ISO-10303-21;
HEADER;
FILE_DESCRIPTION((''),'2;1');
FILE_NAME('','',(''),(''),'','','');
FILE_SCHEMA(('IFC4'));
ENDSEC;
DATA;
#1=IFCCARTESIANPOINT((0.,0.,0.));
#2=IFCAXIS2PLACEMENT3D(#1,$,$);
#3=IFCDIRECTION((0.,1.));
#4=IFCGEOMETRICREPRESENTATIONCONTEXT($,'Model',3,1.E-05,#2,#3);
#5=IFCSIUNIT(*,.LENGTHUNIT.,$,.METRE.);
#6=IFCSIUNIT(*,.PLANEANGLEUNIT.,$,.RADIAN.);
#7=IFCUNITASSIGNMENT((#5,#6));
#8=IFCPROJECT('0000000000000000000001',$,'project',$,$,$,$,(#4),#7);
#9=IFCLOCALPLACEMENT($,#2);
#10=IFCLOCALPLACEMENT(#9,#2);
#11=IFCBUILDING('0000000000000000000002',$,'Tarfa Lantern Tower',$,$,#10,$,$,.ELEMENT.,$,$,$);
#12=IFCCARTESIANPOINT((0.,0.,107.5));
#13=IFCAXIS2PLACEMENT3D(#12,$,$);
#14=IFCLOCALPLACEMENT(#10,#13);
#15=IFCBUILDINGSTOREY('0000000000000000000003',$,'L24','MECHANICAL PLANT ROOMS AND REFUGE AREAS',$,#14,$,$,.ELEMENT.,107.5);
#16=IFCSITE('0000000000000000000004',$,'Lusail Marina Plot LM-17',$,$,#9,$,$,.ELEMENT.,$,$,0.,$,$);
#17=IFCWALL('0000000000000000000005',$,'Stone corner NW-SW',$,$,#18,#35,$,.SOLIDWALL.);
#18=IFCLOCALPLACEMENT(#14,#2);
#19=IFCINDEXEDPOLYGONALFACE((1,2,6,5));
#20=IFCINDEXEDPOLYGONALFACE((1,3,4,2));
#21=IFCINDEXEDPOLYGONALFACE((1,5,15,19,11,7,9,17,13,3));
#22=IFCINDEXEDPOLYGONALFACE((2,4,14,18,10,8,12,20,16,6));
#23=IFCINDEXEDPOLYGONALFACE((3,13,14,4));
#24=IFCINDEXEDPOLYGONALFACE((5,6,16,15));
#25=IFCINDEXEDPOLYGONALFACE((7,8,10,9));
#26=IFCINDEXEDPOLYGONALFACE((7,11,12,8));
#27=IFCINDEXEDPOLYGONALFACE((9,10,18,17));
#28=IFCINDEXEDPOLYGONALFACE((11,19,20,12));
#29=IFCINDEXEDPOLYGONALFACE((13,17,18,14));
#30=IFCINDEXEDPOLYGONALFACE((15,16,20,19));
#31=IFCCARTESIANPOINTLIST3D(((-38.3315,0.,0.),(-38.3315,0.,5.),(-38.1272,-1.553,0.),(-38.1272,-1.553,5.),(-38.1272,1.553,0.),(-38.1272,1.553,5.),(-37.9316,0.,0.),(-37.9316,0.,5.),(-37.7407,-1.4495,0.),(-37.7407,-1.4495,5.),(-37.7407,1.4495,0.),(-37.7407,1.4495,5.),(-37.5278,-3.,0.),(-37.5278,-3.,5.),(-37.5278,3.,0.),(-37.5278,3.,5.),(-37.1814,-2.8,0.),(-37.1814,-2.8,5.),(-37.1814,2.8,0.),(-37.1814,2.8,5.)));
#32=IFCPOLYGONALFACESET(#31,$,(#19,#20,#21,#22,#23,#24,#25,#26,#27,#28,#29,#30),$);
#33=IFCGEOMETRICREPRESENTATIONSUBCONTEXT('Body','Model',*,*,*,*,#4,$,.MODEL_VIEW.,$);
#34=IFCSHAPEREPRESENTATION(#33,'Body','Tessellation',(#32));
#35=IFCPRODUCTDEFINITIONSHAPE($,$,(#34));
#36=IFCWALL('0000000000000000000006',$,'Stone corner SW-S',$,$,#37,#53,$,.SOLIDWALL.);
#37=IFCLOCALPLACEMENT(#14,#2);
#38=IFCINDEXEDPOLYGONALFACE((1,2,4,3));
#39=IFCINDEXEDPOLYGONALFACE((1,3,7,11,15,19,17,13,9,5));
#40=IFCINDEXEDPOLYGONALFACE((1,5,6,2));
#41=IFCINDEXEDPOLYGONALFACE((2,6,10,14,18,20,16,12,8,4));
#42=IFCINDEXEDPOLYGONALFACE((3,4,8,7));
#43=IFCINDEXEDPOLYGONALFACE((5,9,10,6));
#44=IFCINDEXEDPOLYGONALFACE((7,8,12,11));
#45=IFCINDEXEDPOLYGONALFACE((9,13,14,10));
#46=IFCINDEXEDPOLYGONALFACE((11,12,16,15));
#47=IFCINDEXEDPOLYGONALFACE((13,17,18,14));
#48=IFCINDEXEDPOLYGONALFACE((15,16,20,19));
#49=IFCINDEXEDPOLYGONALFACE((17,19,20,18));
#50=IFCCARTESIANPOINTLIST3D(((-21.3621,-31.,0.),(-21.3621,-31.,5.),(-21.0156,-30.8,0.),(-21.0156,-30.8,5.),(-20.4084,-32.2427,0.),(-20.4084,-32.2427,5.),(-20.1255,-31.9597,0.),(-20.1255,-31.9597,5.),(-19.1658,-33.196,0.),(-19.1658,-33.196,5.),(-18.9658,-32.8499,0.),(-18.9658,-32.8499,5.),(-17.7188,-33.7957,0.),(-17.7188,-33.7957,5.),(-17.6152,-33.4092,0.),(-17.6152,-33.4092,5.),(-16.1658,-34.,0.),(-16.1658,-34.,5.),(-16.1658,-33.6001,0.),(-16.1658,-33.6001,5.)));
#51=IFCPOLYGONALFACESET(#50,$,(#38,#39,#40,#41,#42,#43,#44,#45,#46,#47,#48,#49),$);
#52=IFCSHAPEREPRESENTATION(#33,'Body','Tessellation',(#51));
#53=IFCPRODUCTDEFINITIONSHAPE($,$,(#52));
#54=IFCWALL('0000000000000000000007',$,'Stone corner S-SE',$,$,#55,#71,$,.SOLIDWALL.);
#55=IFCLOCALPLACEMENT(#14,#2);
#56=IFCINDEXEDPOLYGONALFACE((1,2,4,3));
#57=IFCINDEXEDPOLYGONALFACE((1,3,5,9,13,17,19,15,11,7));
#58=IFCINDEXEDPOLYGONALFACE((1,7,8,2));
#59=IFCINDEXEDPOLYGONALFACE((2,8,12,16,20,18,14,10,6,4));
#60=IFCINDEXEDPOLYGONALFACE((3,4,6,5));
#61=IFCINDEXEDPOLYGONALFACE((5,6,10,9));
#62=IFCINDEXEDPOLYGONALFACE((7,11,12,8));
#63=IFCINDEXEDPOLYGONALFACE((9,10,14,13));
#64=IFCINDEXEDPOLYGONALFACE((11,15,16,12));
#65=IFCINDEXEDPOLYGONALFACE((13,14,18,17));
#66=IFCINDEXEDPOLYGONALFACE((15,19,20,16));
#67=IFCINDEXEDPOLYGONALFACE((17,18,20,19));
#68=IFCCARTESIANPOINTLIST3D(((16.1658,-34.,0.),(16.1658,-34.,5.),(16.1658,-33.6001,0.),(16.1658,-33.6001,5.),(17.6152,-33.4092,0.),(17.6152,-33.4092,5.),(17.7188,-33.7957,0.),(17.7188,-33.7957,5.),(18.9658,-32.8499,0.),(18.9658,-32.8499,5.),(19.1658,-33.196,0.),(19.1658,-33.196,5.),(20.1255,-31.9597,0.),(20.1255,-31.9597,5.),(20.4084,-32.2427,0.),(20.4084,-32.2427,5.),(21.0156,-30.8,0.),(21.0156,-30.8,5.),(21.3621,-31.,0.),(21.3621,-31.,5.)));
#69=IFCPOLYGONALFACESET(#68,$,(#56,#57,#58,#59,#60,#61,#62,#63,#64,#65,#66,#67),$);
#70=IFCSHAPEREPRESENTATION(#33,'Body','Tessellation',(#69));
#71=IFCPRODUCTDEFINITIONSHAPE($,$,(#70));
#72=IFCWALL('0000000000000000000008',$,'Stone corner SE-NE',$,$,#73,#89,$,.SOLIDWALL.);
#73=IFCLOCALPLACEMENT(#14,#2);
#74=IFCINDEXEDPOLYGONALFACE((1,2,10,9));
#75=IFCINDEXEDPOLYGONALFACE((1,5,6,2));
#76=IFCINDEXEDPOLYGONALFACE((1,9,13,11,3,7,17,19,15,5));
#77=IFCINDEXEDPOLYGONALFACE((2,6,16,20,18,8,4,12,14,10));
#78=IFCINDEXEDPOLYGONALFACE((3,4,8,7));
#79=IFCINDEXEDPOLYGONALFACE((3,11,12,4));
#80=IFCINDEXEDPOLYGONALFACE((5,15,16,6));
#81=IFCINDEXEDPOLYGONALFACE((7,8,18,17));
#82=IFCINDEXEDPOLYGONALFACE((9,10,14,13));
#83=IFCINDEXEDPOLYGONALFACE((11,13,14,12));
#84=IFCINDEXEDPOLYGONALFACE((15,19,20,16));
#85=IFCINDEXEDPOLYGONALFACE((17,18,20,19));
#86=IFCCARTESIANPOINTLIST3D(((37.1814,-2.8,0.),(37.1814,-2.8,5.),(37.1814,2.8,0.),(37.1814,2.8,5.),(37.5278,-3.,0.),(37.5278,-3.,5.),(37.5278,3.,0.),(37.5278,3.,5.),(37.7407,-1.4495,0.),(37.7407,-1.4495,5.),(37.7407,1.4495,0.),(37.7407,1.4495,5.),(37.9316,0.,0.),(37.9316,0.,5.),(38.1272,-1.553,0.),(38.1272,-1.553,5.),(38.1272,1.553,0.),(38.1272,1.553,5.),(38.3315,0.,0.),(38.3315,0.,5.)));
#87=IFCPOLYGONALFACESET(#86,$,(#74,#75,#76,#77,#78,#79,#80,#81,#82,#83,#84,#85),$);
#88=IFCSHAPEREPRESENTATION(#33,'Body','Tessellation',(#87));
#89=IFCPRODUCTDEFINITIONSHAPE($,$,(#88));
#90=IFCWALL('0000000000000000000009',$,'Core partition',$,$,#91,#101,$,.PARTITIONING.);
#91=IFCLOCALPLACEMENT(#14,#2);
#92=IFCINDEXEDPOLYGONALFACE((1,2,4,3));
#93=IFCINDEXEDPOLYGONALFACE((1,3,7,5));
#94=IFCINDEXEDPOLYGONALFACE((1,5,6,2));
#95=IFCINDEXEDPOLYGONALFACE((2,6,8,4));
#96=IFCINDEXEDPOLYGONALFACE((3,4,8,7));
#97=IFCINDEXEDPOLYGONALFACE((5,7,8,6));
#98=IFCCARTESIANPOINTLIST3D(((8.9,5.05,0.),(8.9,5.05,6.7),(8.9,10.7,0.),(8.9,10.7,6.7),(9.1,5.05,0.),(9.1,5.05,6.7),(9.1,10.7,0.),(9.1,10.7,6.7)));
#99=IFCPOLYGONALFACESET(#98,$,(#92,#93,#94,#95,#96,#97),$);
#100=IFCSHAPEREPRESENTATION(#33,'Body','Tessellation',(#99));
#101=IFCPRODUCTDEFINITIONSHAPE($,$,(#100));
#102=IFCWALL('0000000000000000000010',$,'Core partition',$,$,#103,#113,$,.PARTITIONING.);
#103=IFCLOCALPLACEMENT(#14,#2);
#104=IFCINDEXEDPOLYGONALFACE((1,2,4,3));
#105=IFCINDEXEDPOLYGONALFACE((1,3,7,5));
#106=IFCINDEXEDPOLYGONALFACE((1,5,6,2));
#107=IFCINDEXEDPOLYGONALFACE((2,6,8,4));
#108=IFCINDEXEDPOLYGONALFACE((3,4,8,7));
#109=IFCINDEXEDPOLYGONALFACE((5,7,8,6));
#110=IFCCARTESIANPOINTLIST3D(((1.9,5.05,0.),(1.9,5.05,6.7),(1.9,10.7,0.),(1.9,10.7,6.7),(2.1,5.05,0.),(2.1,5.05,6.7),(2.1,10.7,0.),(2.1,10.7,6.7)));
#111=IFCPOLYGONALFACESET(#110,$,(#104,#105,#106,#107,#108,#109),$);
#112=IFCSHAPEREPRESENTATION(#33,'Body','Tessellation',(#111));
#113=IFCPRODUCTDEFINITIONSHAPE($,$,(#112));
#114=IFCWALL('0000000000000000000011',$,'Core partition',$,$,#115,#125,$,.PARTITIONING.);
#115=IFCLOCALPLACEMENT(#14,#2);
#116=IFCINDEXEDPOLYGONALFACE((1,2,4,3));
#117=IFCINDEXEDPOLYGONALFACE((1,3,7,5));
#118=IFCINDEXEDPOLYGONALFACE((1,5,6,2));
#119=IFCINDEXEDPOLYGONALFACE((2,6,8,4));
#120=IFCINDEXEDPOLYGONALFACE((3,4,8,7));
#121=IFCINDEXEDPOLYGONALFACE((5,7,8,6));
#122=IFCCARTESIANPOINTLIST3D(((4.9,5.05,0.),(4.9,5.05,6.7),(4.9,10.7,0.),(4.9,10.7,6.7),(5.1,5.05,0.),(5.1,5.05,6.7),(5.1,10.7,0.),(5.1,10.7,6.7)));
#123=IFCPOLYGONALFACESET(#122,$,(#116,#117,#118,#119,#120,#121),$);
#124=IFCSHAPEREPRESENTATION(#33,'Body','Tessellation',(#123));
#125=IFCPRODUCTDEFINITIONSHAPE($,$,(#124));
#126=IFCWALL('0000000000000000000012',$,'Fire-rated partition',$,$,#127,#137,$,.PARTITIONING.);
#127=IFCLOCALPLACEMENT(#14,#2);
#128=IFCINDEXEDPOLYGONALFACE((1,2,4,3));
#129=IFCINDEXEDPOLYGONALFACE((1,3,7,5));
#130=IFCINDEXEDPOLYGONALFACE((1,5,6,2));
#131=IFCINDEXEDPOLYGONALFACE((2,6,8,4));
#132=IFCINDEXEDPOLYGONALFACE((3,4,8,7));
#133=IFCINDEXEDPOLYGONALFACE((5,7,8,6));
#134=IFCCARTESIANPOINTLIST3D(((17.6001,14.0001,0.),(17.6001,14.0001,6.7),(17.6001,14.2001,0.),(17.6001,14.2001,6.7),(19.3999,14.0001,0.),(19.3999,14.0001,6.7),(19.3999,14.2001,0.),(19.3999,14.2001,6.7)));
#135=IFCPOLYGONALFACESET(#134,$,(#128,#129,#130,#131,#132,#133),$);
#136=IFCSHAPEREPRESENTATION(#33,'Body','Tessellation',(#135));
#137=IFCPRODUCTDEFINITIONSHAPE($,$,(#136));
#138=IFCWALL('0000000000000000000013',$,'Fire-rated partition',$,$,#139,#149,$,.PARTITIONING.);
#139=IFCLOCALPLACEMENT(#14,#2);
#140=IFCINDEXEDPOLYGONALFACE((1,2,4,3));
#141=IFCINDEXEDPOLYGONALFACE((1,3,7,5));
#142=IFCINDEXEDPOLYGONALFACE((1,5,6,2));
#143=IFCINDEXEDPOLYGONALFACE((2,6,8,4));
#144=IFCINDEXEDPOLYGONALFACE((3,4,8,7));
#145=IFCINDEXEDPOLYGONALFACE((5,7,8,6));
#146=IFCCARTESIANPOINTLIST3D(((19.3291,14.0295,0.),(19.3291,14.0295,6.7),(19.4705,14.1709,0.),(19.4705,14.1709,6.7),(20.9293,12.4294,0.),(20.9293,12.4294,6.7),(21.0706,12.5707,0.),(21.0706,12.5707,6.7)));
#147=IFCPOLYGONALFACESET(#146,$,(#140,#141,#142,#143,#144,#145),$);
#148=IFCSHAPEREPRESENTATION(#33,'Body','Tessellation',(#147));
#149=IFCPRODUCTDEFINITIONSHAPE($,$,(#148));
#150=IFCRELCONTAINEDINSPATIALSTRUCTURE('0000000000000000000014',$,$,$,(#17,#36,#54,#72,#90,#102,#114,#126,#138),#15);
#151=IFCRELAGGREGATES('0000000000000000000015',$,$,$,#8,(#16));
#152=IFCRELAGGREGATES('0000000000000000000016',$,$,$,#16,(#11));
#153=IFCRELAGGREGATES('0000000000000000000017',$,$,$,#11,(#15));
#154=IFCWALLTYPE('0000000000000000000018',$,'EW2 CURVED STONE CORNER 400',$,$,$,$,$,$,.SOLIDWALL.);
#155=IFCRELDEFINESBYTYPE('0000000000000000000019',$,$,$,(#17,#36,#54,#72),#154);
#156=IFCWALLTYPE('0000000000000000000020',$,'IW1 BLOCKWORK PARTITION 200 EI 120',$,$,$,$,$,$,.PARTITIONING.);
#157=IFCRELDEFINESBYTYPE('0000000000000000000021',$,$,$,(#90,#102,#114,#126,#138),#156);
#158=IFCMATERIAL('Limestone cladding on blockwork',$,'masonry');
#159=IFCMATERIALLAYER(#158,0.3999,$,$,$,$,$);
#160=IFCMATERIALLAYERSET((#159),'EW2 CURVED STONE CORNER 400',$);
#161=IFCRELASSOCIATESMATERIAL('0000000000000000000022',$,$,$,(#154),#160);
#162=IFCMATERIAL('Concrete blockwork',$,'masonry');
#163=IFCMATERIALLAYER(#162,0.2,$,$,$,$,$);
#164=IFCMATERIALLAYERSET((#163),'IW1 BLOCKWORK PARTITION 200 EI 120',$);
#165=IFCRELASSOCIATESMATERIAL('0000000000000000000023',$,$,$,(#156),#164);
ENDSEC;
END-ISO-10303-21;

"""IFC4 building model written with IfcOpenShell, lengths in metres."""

from ifc_helpers import new_model, si_unit, direction, frame, frame_2d, origin, place, context, subcontext, project, spatial, polyline, rectangle, outline, extrude, material, layer, layer_set, type_object, element, save


model = new_model("IFC4")

# Units and contexts
model_context = context("Model", 3, precision=1e-05, world=origin(), true_north=direction((0.0, 1.0)))
body_context = subcontext(model_context, "Body", "Model", "MODEL_VIEW")
ifc_project = project(units=[si_unit("LENGTHUNIT", "METRE"), si_unit("PLANEANGLEUNIT", "RADIAN")], contexts=[model_context])

# Site, building, storey
site_placement = place(None, origin())
site = spatial("IfcSite", under=ifc_project, at=site_placement, Name="Lusail Marina Plot LM-17", CompositionType="ELEMENT", RefElevation=0.0)
building_placement = place(site_placement, origin())
building = spatial("IfcBuilding", under=site, at=building_placement, Name="Tarfa Lantern Tower", CompositionType="ELEMENT")
storey_placement = place(building_placement, frame((0.0, 0.0, 107.5)))
storey = spatial("IfcBuildingStorey", under=building, at=storey_placement, Name="L24", Description="MECHANICAL PLANT ROOMS AND REFUGE AREAS", CompositionType="ELEMENT", Elevation=107.5)

# Walls
ifc_material_1 = material(Name="Limestone cladding on blockwork", Category="masonry")
ifc_layer_1 = layer(ifc_material_1, 0.3999)
ifc_layer_set_1 = layer_set([ifc_layer_1], Name="EW2 CURVED STONE CORNER 400")
wall_type_1 = type_object("IfcWallType", Name="EW2 CURVED STONE CORNER 400", PredefinedType="SOLIDWALL", material=ifc_layer_set_1)
wall_1_placement = place(storey_placement, origin())
element("IfcWall", 1, at=wall_1_placement, inside=storey, type_object=wall_type_1, Name="Stone corner NW-SW", PredefinedType="SOLIDWALL", context=body_context, shape_type="SweptSolid", body=[
    extrude(outline(polyline([(-37.5278, 3.0), (-38.1272, 1.553), (-38.3315, 0.0), (-38.1272, -1.553), (-37.5278, -3.0), (-37.1814, -2.8), (-37.7407, -1.4495), (-37.9316, 0.0), (-37.7407, 1.4495), (-37.1814, 2.8), (-37.5278, 3.0)])), origin(), (0.0, 0.0, 1.0), 5.0),
])
wall_2_placement = place(storey_placement, origin())
element("IfcWall", 2, at=wall_2_placement, inside=storey, type_object=wall_type_1, Name="Stone corner SW-S", PredefinedType="SOLIDWALL", context=body_context, shape_type="SweptSolid", body=[
    extrude(outline(polyline([(-21.3621, -31.0), (-20.4084, -32.2427), (-19.1658, -33.196), (-17.7188, -33.7957), (-16.1658, -34.0), (-16.1658, -33.6001), (-17.6152, -33.4092), (-18.9658, -32.8499), (-20.1255, -31.9597), (-21.0156, -30.8), (-21.3621, -31.0)])), origin(), (0.0, 0.0, 1.0), 5.0),
])
wall_3_placement = place(storey_placement, origin())
element("IfcWall", 3, at=wall_3_placement, inside=storey, type_object=wall_type_1, Name="Stone corner S-SE", PredefinedType="SOLIDWALL", context=body_context, shape_type="SweptSolid", body=[
    extrude(outline(polyline([(16.1658, -34.0), (17.7188, -33.7957), (19.1658, -33.196), (20.4084, -32.2427), (21.3621, -31.0), (21.0156, -30.8), (20.1255, -31.9597), (18.9658, -32.8499), (17.6152, -33.4092), (16.1658, -33.6001), (16.1658, -34.0)])), origin(), (0.0, 0.0, 1.0), 5.0),
])
wall_4_placement = place(storey_placement, origin())
element("IfcWall", 4, at=wall_4_placement, inside=storey, type_object=wall_type_1, Name="Stone corner SE-NE", PredefinedType="SOLIDWALL", context=body_context, shape_type="SweptSolid", body=[
    extrude(outline(polyline([(37.5278, -3.0), (38.1272, -1.553), (38.3315, 0.0), (38.1272, 1.553), (37.5278, 3.0), (37.1814, 2.8), (37.7407, 1.4495), (37.9316, 0.0), (37.7407, -1.4495), (37.1814, -2.8), (37.5278, -3.0)])), origin(), (0.0, 0.0, 1.0), 5.0),
])
ifc_material_2 = material(Name="Concrete blockwork", Category="masonry")
ifc_layer_2 = layer(ifc_material_2, 0.2)
ifc_layer_set_2 = layer_set([ifc_layer_2], Name="IW1 BLOCKWORK PARTITION 200 EI 120")
wall_type_2 = type_object("IfcWallType", Name="IW1 BLOCKWORK PARTITION 200 EI 120", PredefinedType="PARTITIONING", material=ifc_layer_set_2)
for number, where, z_axis, x_axis, name in (
    (5, (9.0, 5.05, 0.0), (0.0, 0.0, 1.0), (0.0, 1.0, 0.0), "Core partition"),
    (6, (2.0, 5.05, 0.0), (0.0, 0.0, 1.0), (0.0, 1.0, 0.0), "Core partition"),
    (7, (5.0, 5.05, 0.0), (0.0, 0.0, 1.0), (0.0, 1.0, 0.0), "Core partition"),
):
    element("IfcWall", number, at=place(storey_placement, frame(where, z_axis=z_axis, x_axis=x_axis)), inside=storey, type_object=wall_type_2, Name=name, PredefinedType="PARTITIONING", context=body_context, shape_type="SweptSolid", body=[
        extrude(rectangle(XDim=5.6499, YDim=0.2, at=frame_2d((2.825, 0.0))), origin(), (0.0, 0.0, 1.0), 6.7),
    ])
wall_5_placement = place(storey_placement, frame((17.6001, 14.1001, 0.0), z_axis=(0.0, 0.0, 1.0), x_axis=(1.0, 0.0, 0.0)))
element("IfcWall", 8, at=wall_5_placement, inside=storey, type_object=wall_type_2, Name="Fire-rated partition", PredefinedType="PARTITIONING", context=body_context, shape_type="SweptSolid", body=[
    extrude(rectangle(XDim=1.7998, YDim=0.2, at=frame_2d((0.8999, 0.0))), origin(), (0.0, 0.0, 1.0), 6.7),
])
wall_6_placement = place(storey_placement, frame((19.3999, 14.1001, 0.0), z_axis=(0.0, 0.0, 1.0), x_axis=(0.707107, -0.707107, 0.0)))
element("IfcWall", 9, at=wall_6_placement, inside=storey, type_object=wall_type_2, Name="Fire-rated partition", PredefinedType="PARTITIONING", context=body_context, shape_type="SweptSolid", body=[
    extrude(rectangle(XDim=2.2629, YDim=0.2, at=frame_2d((1.1313, 0.0))), origin(), (0.0, 0.0, 1.0), 6.7),
])

save(model, "model.ifc")
